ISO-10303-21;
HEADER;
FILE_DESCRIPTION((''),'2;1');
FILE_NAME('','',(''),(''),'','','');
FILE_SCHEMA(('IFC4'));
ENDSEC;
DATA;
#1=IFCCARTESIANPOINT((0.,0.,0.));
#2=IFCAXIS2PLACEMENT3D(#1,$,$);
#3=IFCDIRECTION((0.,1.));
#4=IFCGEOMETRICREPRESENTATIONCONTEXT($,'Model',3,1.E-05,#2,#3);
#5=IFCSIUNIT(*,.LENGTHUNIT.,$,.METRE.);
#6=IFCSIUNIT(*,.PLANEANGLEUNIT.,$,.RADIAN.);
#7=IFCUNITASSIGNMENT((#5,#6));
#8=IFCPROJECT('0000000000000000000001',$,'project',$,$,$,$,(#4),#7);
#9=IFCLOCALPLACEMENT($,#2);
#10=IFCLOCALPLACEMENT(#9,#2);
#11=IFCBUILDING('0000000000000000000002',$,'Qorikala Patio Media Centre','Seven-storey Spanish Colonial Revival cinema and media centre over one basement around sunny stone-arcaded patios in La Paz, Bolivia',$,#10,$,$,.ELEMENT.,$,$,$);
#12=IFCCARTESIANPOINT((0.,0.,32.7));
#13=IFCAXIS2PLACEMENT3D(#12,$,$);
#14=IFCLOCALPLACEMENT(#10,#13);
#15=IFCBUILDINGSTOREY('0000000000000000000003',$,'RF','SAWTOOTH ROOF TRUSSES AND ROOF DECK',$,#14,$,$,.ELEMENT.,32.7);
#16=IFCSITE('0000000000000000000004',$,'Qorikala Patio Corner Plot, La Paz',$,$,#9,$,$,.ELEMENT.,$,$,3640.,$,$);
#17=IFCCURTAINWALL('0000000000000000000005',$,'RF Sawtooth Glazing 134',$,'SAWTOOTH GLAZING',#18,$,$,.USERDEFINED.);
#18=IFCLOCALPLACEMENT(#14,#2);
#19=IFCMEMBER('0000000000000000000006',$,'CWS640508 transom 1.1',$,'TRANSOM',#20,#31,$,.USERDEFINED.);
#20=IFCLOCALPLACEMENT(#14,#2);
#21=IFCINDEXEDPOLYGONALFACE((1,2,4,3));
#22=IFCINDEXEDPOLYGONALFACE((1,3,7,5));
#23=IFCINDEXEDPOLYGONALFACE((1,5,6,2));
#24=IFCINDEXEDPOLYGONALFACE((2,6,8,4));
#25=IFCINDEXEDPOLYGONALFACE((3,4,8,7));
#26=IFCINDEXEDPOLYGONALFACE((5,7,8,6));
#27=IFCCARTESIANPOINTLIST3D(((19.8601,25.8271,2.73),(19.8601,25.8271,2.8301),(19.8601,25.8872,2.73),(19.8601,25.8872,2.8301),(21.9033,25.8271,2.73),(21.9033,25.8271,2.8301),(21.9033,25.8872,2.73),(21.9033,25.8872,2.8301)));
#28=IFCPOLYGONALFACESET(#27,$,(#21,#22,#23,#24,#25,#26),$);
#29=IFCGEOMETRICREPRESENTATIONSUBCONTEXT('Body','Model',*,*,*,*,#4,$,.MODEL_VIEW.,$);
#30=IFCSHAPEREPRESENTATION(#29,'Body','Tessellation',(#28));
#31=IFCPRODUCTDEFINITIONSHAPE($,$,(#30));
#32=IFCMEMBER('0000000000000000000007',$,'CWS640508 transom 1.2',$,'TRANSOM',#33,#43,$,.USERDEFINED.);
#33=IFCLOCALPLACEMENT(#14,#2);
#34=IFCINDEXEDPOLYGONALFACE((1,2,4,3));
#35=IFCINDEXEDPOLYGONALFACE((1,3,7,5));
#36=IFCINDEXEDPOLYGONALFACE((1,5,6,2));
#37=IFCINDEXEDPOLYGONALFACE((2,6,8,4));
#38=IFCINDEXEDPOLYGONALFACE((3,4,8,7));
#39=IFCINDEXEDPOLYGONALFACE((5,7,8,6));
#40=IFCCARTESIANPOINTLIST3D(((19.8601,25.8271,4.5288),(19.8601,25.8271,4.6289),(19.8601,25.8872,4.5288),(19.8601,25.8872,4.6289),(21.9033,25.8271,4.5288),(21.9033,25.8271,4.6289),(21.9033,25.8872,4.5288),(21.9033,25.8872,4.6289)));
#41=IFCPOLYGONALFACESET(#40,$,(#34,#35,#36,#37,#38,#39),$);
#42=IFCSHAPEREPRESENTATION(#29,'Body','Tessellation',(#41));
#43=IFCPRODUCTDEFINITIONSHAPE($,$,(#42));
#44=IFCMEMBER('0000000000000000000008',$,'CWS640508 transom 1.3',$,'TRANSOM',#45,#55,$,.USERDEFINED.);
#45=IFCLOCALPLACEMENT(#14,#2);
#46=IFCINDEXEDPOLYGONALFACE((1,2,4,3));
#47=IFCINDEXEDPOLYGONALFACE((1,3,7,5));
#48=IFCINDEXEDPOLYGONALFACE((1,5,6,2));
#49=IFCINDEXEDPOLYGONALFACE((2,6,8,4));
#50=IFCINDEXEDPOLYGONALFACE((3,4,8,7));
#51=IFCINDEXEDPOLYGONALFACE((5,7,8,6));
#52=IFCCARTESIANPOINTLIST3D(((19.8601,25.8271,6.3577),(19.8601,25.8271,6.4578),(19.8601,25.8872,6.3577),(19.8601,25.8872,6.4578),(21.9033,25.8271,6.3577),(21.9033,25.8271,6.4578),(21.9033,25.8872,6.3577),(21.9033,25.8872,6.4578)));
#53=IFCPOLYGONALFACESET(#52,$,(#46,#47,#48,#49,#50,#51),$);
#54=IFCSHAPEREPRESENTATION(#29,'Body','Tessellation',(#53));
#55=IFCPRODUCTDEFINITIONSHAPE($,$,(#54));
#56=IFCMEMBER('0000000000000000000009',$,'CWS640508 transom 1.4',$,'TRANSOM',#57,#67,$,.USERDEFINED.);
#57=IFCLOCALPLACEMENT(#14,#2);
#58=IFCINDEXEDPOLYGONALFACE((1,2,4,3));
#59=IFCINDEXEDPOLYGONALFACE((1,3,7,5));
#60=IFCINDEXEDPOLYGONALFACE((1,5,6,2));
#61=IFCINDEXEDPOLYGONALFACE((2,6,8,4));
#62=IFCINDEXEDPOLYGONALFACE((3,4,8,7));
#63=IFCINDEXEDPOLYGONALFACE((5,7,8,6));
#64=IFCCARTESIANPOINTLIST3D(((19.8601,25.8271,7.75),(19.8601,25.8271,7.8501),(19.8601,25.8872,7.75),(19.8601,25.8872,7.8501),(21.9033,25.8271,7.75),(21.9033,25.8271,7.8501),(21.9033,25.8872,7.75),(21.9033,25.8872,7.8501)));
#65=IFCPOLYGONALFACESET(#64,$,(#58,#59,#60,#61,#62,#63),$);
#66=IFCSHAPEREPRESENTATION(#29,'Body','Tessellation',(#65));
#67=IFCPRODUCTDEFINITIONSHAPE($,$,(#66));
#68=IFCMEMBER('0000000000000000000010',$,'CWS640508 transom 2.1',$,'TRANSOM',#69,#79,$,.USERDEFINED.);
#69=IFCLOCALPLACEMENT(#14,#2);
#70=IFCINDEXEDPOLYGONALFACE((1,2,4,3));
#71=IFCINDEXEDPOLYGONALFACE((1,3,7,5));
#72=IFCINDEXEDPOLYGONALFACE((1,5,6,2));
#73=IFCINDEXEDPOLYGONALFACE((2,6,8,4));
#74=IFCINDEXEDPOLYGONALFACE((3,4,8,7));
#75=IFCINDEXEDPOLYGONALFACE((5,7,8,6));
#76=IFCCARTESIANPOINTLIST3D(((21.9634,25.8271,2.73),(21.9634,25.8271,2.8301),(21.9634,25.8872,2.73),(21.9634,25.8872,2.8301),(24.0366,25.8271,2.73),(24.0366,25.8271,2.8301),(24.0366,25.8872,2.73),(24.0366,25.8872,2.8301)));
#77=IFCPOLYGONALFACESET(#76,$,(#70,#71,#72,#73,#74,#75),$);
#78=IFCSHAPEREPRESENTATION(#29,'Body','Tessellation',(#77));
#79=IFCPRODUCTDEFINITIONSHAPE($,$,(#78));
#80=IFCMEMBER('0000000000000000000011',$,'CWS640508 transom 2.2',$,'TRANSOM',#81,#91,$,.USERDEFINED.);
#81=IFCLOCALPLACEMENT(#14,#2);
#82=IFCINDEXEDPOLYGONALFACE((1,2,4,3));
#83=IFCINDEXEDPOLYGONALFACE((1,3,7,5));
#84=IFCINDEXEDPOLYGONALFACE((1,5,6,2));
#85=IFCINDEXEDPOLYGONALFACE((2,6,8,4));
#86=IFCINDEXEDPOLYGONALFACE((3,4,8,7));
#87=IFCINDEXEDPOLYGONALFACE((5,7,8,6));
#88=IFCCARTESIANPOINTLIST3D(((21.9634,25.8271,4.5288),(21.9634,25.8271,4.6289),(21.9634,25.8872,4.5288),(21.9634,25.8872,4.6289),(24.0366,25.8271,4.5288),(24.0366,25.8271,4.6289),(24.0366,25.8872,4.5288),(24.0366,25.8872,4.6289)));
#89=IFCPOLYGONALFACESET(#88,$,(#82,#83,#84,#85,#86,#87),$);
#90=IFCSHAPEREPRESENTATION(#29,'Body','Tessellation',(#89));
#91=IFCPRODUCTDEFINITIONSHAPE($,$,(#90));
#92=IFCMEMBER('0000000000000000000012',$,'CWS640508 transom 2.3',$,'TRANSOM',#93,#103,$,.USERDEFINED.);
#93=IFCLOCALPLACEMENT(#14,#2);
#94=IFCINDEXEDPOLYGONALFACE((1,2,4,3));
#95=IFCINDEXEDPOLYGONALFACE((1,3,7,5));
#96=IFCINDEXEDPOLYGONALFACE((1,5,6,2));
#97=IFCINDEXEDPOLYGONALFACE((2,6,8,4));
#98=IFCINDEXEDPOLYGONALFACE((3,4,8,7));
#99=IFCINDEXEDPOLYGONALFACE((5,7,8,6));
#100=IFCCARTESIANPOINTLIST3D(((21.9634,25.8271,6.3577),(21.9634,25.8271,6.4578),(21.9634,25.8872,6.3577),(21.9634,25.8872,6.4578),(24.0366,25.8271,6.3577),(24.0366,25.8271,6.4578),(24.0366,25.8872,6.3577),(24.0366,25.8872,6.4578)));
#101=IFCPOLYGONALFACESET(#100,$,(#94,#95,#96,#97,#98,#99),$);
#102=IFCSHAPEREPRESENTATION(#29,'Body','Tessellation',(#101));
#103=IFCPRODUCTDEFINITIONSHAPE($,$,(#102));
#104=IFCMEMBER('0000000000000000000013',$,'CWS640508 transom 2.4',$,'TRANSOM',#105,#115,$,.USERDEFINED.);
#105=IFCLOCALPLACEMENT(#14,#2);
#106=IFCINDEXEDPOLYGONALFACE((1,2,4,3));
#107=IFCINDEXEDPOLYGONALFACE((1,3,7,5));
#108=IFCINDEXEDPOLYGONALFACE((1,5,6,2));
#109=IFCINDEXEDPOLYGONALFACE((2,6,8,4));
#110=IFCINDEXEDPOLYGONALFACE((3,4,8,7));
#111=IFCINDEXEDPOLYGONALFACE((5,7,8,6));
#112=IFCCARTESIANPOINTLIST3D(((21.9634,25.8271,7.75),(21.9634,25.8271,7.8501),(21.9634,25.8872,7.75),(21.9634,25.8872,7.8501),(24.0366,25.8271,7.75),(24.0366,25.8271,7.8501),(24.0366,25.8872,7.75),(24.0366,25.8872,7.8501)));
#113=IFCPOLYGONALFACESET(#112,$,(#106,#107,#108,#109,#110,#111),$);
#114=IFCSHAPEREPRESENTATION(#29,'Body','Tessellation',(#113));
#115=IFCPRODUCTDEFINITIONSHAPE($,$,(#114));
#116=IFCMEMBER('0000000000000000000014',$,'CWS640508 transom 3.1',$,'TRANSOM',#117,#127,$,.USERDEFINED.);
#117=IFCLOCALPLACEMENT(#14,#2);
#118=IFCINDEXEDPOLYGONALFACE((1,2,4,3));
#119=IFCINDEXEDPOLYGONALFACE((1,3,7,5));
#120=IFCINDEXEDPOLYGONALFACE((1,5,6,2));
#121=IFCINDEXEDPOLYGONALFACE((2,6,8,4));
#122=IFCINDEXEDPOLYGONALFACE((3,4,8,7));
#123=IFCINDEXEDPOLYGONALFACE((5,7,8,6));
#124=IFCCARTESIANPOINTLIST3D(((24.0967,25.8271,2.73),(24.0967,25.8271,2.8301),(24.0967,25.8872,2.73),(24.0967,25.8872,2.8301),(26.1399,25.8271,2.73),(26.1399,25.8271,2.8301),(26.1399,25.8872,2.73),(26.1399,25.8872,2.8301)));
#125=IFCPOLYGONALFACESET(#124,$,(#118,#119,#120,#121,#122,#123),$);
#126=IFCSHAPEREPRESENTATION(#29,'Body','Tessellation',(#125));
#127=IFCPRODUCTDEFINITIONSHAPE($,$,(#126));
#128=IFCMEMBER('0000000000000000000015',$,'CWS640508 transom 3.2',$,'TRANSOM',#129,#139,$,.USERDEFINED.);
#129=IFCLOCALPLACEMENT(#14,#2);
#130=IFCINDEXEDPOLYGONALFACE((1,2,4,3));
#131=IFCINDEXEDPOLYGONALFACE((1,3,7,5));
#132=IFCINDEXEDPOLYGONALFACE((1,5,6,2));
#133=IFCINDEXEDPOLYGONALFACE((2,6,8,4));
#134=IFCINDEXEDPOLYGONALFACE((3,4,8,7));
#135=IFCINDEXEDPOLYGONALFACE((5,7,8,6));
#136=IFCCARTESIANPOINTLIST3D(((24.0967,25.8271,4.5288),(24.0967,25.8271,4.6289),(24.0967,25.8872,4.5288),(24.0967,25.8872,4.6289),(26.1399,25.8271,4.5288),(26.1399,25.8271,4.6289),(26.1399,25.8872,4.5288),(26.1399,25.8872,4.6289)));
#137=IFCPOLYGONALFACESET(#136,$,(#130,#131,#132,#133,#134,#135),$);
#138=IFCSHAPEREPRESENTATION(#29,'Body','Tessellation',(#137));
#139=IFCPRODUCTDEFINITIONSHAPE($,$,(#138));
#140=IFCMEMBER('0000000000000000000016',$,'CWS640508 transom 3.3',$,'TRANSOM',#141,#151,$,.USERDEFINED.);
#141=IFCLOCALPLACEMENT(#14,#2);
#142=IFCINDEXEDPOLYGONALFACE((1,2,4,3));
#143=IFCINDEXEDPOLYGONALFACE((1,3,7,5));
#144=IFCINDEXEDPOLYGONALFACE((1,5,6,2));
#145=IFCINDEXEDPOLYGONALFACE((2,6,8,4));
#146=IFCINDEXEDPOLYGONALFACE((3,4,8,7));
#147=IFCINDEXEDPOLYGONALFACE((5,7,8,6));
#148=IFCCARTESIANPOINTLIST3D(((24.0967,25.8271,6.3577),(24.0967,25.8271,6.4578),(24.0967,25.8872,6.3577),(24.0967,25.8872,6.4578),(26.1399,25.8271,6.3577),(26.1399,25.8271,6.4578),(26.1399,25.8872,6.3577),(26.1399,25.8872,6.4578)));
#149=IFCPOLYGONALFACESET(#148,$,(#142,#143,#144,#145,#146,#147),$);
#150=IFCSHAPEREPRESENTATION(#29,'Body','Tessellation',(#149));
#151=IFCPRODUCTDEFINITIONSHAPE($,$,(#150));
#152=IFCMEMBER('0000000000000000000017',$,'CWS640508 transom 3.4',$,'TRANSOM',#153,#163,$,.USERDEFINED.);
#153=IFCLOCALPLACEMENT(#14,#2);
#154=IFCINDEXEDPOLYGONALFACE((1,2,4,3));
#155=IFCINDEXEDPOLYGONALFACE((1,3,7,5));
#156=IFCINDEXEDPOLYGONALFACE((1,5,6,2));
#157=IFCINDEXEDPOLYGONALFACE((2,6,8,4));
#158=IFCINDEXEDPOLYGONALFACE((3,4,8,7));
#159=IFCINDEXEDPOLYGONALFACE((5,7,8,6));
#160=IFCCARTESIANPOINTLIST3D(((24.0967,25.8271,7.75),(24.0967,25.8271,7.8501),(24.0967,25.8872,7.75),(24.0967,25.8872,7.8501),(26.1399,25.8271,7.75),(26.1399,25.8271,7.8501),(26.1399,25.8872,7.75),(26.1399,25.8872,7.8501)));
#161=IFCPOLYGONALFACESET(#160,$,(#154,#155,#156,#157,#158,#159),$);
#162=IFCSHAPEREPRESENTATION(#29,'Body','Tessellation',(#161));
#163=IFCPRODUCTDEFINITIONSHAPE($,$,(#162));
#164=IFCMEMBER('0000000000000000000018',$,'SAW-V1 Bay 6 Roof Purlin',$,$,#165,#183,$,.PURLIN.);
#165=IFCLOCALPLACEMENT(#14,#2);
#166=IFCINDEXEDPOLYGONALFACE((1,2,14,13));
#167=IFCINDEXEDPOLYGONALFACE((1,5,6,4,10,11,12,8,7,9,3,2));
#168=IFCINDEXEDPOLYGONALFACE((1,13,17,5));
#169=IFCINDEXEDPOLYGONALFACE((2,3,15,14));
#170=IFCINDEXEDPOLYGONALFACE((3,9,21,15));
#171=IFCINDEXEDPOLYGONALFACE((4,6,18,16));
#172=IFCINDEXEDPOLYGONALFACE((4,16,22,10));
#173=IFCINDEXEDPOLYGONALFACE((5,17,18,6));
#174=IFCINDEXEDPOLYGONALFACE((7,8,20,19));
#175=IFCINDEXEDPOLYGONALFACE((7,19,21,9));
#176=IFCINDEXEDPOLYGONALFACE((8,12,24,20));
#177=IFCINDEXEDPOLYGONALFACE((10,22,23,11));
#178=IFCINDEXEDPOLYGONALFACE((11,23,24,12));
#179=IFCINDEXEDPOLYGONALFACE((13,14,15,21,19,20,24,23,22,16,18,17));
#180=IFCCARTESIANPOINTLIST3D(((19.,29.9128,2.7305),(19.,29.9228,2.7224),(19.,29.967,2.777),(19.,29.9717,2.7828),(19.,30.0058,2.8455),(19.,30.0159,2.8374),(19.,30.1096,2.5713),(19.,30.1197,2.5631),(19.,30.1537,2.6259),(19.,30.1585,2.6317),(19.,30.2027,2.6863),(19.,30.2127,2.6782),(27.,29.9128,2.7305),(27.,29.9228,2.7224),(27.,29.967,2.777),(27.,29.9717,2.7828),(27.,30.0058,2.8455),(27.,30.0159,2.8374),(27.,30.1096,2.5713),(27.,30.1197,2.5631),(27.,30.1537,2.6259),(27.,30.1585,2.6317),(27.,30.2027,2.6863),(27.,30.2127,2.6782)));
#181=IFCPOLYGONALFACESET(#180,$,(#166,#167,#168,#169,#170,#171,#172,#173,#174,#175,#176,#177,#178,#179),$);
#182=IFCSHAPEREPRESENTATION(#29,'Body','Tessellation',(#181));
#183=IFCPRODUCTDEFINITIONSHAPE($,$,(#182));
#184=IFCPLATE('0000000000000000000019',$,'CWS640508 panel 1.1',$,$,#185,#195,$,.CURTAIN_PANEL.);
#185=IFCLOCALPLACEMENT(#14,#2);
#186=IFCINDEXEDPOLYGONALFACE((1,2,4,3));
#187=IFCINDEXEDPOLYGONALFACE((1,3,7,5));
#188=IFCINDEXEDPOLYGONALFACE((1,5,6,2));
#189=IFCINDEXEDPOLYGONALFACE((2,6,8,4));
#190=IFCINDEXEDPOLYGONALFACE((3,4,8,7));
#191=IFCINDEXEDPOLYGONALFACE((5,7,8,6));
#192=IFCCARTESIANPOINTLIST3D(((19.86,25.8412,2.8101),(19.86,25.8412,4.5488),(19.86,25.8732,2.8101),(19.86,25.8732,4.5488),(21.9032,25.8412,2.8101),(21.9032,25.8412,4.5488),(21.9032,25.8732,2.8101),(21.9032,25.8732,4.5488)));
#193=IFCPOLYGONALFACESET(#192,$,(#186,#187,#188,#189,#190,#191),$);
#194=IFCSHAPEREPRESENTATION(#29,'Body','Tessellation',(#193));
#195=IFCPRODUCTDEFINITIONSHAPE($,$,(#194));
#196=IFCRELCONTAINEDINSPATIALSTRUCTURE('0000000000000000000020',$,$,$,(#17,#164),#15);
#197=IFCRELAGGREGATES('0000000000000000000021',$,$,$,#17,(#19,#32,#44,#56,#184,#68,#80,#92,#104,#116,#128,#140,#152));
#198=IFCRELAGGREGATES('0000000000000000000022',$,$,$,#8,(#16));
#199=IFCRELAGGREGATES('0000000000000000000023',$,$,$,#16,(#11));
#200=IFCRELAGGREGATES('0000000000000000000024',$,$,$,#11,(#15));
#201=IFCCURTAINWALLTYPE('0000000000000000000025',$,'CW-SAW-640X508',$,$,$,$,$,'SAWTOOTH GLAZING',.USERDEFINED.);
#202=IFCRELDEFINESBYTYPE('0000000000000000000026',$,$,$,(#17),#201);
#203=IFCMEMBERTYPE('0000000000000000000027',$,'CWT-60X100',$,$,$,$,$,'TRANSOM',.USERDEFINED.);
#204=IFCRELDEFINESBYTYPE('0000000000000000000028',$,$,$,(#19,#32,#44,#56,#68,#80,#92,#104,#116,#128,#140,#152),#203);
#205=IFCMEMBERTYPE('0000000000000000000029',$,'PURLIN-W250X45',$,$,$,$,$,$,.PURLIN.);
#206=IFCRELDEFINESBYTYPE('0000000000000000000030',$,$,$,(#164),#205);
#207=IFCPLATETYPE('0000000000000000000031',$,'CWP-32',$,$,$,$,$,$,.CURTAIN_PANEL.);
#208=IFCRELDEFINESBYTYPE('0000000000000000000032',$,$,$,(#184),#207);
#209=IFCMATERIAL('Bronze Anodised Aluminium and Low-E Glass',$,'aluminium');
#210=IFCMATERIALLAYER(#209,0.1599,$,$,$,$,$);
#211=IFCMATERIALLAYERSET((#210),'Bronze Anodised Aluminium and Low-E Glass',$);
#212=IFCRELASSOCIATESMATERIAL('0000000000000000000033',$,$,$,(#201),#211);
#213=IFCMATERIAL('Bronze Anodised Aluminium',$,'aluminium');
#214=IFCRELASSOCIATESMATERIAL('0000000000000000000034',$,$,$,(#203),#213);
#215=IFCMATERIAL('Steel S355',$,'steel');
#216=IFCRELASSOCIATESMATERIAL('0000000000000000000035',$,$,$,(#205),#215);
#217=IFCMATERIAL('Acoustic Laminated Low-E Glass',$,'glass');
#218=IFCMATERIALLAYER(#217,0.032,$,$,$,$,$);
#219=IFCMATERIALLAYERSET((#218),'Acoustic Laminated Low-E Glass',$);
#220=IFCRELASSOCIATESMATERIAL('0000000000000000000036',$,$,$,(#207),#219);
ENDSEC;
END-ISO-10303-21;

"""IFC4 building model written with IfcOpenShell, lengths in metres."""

from ifc_helpers import new_model, si_unit, direction, frame, origin, origin_2d, place, context, subcontext, project, spatial, rectangle, i_section, extrude, material, layer, layer_set, material_profile, profile_set, type_object, element, aggregate, save


model = new_model("IFC4")

# Units and contexts
model_context = context("Model", 3, precision=1e-05, world=origin(), true_north=direction((0.0, 1.0)))
body_context = subcontext(model_context, "Body", "Model", "MODEL_VIEW")
ifc_project = project(units=[si_unit("LENGTHUNIT", "METRE"), si_unit("PLANEANGLEUNIT", "RADIAN")], contexts=[model_context])

# Site, building, storey
site_placement = place(None, origin())
site = spatial("IfcSite", under=ifc_project, at=site_placement, Name="Qorikala Patio Corner Plot, La Paz", CompositionType="ELEMENT", RefElevation=3640.0)
building_placement = place(site_placement, origin())
building = spatial("IfcBuilding", under=site, at=building_placement, Name="Qorikala Patio Media Centre", Description="Seven-storey Spanish Colonial Revival cinema and media centre over one basement around sunny stone-arcaded patios in La Paz, Bolivia", CompositionType="ELEMENT")
storey_placement = place(building_placement, frame((0.0, 0.0, 32.7)))
storey = spatial("IfcBuildingStorey", under=building, at=storey_placement, Name="RF", Description="SAWTOOTH ROOF TRUSSES AND ROOF DECK", CompositionType="ELEMENT", Elevation=32.7)

# Curtain wall, members
ifc_material_1 = material(Name="Bronze Anodised Aluminium and Low-E Glass", Category="aluminium")
ifc_layer_1 = layer(ifc_material_1, 0.1599)
ifc_layer_set_1 = layer_set([ifc_layer_1], Name="Bronze Anodised Aluminium and Low-E Glass")
curtain_wall_type = type_object("IfcCurtainWallType", Name="CW-SAW-640X508", ElementType="SAWTOOTH GLAZING", PredefinedType="USERDEFINED", material=ifc_layer_set_1)
curtain_wall_placement = place(storey_placement, origin())
curtain_wall = element("IfcCurtainWall", 1, at=curtain_wall_placement, inside=storey, type_object=curtain_wall_type, Name="RF Sawtooth Glazing 134", ObjectType="SAWTOOTH GLAZING", PredefinedType="USERDEFINED")
ifc_material_2 = material(Name="Bronze Anodised Aluminium", Category="aluminium")
ifc_material_profile_1 = material_profile(ifc_material_2, rectangle(XDim=0.0601, YDim=0.1001, at=origin_2d()), Name="ALU TRANSOM 60x100")
ifc_profile_set_1 = profile_set([ifc_material_profile_1], Name="Bronze Anodised Aluminium")
member_type_1 = type_object("IfcMemberType", Name="CWT-60X100", ElementType="TRANSOM", PredefinedType="USERDEFINED", material=ifc_profile_set_1)
member_1_placement = place(storey_placement, frame((19.8601, 25.8572, 2.78), z_axis=(1.0, 0.0, 0.0), x_axis=(0.0, 1.0, 0.0)))
member_1 = element("IfcMember", 2, at=member_1_placement, type_object=member_type_1, Name="CWS640508 transom 1.1", ObjectType="TRANSOM", PredefinedType="USERDEFINED", context=body_context, shape_type="SweptSolid", body=[
    extrude(rectangle(XDim=0.0601, YDim=0.1001, at=origin_2d()), origin(), (0.0, 0.0, 1.0), 2.0432),
])
member_2_placement = place(storey_placement, frame((19.8601, 25.8572, 4.5789), z_axis=(1.0, 0.0, 0.0), x_axis=(0.0, 1.0, 0.0)))
member_2 = element("IfcMember", 3, at=member_2_placement, type_object=member_type_1, Name="CWS640508 transom 1.2", ObjectType="TRANSOM", PredefinedType="USERDEFINED", context=body_context, shape_type="SweptSolid", body=[
    extrude(rectangle(XDim=0.0601, YDim=0.1001, at=origin_2d()), origin(), (0.0, 0.0, 1.0), 2.0432),
])
member_3_placement = place(storey_placement, frame((19.8601, 25.8572, 6.4077), z_axis=(1.0, 0.0, 0.0), x_axis=(0.0, 1.0, 0.0)))
member_3 = element("IfcMember", 4, at=member_3_placement, type_object=member_type_1, Name="CWS640508 transom 1.3", ObjectType="TRANSOM", PredefinedType="USERDEFINED", context=body_context, shape_type="SweptSolid", body=[
    extrude(rectangle(XDim=0.0601, YDim=0.1001, at=origin_2d()), origin(), (0.0, 0.0, 1.0), 2.0432),
])
member_4_placement = place(storey_placement, frame((19.8601, 25.8572, 7.8), z_axis=(1.0, 0.0, 0.0), x_axis=(0.0, 1.0, 0.0)))
member_4 = element("IfcMember", 5, at=member_4_placement, type_object=member_type_1, Name="CWS640508 transom 1.4", ObjectType="TRANSOM", PredefinedType="USERDEFINED", context=body_context, shape_type="SweptSolid", body=[
    extrude(rectangle(XDim=0.0601, YDim=0.1001, at=origin_2d()), origin(), (0.0, 0.0, 1.0), 2.0432),
])
member_5_placement = place(storey_placement, frame((21.9634, 25.8572, 2.78), z_axis=(1.0, 0.0, 0.0), x_axis=(0.0, 1.0, 0.0)))
member_5 = element("IfcMember", 6, at=member_5_placement, type_object=member_type_1, Name="CWS640508 transom 2.1", ObjectType="TRANSOM", PredefinedType="USERDEFINED", context=body_context, shape_type="SweptSolid", body=[
    extrude(rectangle(XDim=0.0601, YDim=0.1001, at=origin_2d()), origin(), (0.0, 0.0, 1.0), 2.0732),
])
member_6_placement = place(storey_placement, frame((21.9634, 25.8572, 4.5789), z_axis=(1.0, 0.0, 0.0), x_axis=(0.0, 1.0, 0.0)))
member_6 = element("IfcMember", 7, at=member_6_placement, type_object=member_type_1, Name="CWS640508 transom 2.2", ObjectType="TRANSOM", PredefinedType="USERDEFINED", context=body_context, shape_type="SweptSolid", body=[
    extrude(rectangle(XDim=0.0601, YDim=0.1001, at=origin_2d()), origin(), (0.0, 0.0, 1.0), 2.0732),
])
member_7_placement = place(storey_placement, frame((21.9634, 25.8572, 6.4077), z_axis=(1.0, 0.0, 0.0), x_axis=(0.0, 1.0, 0.0)))
member_7 = element("IfcMember", 8, at=member_7_placement, type_object=member_type_1, Name="CWS640508 transom 2.3", ObjectType="TRANSOM", PredefinedType="USERDEFINED", context=body_context, shape_type="SweptSolid", body=[
    extrude(rectangle(XDim=0.0601, YDim=0.1001, at=origin_2d()), origin(), (0.0, 0.0, 1.0), 2.0732),
])
member_8_placement = place(storey_placement, frame((21.9634, 25.8572, 7.8), z_axis=(1.0, 0.0, 0.0), x_axis=(0.0, 1.0, 0.0)))
member_8 = element("IfcMember", 9, at=member_8_placement, type_object=member_type_1, Name="CWS640508 transom 2.4", ObjectType="TRANSOM", PredefinedType="USERDEFINED", context=body_context, shape_type="SweptSolid", body=[
    extrude(rectangle(XDim=0.0601, YDim=0.1001, at=origin_2d()), origin(), (0.0, 0.0, 1.0), 2.0732),
])
member_9_placement = place(storey_placement, frame((24.0967, 25.8572, 2.78), z_axis=(1.0, 0.0, 0.0), x_axis=(0.0, 1.0, 0.0)))
member_9 = element("IfcMember", 10, at=member_9_placement, type_object=member_type_1, Name="CWS640508 transom 3.1", ObjectType="TRANSOM", PredefinedType="USERDEFINED", context=body_context, shape_type="SweptSolid", body=[
    extrude(rectangle(XDim=0.0601, YDim=0.1001, at=origin_2d()), origin(), (0.0, 0.0, 1.0), 2.0432),
])
member_10_placement = place(storey_placement, frame((24.0967, 25.8572, 4.5789), z_axis=(1.0, 0.0, 0.0), x_axis=(0.0, 1.0, 0.0)))
member_10 = element("IfcMember", 11, at=member_10_placement, type_object=member_type_1, Name="CWS640508 transom 3.2", ObjectType="TRANSOM", PredefinedType="USERDEFINED", context=body_context, shape_type="SweptSolid", body=[
    extrude(rectangle(XDim=0.0601, YDim=0.1001, at=origin_2d()), origin(), (0.0, 0.0, 1.0), 2.0432),
])
member_11_placement = place(storey_placement, frame((24.0967, 25.8572, 6.4077), z_axis=(1.0, 0.0, 0.0), x_axis=(0.0, 1.0, 0.0)))
member_11 = element("IfcMember", 12, at=member_11_placement, type_object=member_type_1, Name="CWS640508 transom 3.3", ObjectType="TRANSOM", PredefinedType="USERDEFINED", context=body_context, shape_type="SweptSolid", body=[
    extrude(rectangle(XDim=0.0601, YDim=0.1001, at=origin_2d()), origin(), (0.0, 0.0, 1.0), 2.0432),
])
member_12_placement = place(storey_placement, frame((24.0967, 25.8572, 7.8), z_axis=(1.0, 0.0, 0.0), x_axis=(0.0, 1.0, 0.0)))
member_12 = element("IfcMember", 13, at=member_12_placement, type_object=member_type_1, Name="CWS640508 transom 3.4", ObjectType="TRANSOM", PredefinedType="USERDEFINED", context=body_context, shape_type="SweptSolid", body=[
    extrude(rectangle(XDim=0.0601, YDim=0.1001, at=origin_2d()), origin(), (0.0, 0.0, 1.0), 2.0432),
])

# Member
ifc_material_3 = material(Name="Steel S355", Category="steel")
ifc_material_profile_2 = material_profile(ifc_material_3, i_section(OverallWidth=0.1479, OverallDepth=0.2661, WebThickness=0.0076, FlangeThickness=0.0129, at=origin_2d()), Name="W250X45")
ifc_profile_set_2 = profile_set([ifc_material_profile_2], Name="Steel S355")
member_type_2 = type_object("IfcMemberType", Name="PURLIN-W250X45", PredefinedType="PURLIN", material=ifc_profile_set_2)
member_13_placement = place(storey_placement, frame((19.0, 30.0627, 2.7043), z_axis=(1.0, 0.0, 0.0), x_axis=(0.0, 0.628995, 0.77741)))
element("IfcMember", 14, at=member_13_placement, inside=storey, type_object=member_type_2, Name="SAW-V1 Bay 6 Roof Purlin", PredefinedType="PURLIN", context=body_context, shape_type="SweptSolid", body=[
    extrude(i_section(OverallWidth=0.1479, OverallDepth=0.2661, WebThickness=0.0076, FlangeThickness=0.0129, at=origin_2d()), origin(), (0.0, 0.0, 1.0), 8.0),
])

# Plate
ifc_material_4 = material(Name="Acoustic Laminated Low-E Glass", Category="glass")
ifc_layer_2 = layer(ifc_material_4, 0.032)
ifc_layer_set_2 = layer_set([ifc_layer_2], Name="Acoustic Laminated Low-E Glass")
plate_type = type_object("IfcPlateType", Name="CWP-32", PredefinedType="CURTAIN_PANEL", material=ifc_layer_set_2)
plate_1_placement = place(storey_placement, frame((20.8816, 25.8572, 2.8101), z_axis=(0.0, 0.0, 1.0), x_axis=(1.0, 0.0, 0.0)))
plate_1 = element("IfcPlate", 15, at=plate_1_placement, type_object=plate_type, Name="CWS640508 panel 1.1", PredefinedType="CURTAIN_PANEL", context=body_context, shape_type="SweptSolid", body=[
    extrude(rectangle(XDim=2.0432, YDim=0.032, at=origin_2d()), origin(), (0.0, 0.0, 1.0), 1.7388),
])
aggregate(curtain_wall, [member_1, member_2, member_3, member_4, plate_1, member_5, member_6, member_7, member_8, member_9, member_10, member_11, member_12])

save(model, "model.ifc")
